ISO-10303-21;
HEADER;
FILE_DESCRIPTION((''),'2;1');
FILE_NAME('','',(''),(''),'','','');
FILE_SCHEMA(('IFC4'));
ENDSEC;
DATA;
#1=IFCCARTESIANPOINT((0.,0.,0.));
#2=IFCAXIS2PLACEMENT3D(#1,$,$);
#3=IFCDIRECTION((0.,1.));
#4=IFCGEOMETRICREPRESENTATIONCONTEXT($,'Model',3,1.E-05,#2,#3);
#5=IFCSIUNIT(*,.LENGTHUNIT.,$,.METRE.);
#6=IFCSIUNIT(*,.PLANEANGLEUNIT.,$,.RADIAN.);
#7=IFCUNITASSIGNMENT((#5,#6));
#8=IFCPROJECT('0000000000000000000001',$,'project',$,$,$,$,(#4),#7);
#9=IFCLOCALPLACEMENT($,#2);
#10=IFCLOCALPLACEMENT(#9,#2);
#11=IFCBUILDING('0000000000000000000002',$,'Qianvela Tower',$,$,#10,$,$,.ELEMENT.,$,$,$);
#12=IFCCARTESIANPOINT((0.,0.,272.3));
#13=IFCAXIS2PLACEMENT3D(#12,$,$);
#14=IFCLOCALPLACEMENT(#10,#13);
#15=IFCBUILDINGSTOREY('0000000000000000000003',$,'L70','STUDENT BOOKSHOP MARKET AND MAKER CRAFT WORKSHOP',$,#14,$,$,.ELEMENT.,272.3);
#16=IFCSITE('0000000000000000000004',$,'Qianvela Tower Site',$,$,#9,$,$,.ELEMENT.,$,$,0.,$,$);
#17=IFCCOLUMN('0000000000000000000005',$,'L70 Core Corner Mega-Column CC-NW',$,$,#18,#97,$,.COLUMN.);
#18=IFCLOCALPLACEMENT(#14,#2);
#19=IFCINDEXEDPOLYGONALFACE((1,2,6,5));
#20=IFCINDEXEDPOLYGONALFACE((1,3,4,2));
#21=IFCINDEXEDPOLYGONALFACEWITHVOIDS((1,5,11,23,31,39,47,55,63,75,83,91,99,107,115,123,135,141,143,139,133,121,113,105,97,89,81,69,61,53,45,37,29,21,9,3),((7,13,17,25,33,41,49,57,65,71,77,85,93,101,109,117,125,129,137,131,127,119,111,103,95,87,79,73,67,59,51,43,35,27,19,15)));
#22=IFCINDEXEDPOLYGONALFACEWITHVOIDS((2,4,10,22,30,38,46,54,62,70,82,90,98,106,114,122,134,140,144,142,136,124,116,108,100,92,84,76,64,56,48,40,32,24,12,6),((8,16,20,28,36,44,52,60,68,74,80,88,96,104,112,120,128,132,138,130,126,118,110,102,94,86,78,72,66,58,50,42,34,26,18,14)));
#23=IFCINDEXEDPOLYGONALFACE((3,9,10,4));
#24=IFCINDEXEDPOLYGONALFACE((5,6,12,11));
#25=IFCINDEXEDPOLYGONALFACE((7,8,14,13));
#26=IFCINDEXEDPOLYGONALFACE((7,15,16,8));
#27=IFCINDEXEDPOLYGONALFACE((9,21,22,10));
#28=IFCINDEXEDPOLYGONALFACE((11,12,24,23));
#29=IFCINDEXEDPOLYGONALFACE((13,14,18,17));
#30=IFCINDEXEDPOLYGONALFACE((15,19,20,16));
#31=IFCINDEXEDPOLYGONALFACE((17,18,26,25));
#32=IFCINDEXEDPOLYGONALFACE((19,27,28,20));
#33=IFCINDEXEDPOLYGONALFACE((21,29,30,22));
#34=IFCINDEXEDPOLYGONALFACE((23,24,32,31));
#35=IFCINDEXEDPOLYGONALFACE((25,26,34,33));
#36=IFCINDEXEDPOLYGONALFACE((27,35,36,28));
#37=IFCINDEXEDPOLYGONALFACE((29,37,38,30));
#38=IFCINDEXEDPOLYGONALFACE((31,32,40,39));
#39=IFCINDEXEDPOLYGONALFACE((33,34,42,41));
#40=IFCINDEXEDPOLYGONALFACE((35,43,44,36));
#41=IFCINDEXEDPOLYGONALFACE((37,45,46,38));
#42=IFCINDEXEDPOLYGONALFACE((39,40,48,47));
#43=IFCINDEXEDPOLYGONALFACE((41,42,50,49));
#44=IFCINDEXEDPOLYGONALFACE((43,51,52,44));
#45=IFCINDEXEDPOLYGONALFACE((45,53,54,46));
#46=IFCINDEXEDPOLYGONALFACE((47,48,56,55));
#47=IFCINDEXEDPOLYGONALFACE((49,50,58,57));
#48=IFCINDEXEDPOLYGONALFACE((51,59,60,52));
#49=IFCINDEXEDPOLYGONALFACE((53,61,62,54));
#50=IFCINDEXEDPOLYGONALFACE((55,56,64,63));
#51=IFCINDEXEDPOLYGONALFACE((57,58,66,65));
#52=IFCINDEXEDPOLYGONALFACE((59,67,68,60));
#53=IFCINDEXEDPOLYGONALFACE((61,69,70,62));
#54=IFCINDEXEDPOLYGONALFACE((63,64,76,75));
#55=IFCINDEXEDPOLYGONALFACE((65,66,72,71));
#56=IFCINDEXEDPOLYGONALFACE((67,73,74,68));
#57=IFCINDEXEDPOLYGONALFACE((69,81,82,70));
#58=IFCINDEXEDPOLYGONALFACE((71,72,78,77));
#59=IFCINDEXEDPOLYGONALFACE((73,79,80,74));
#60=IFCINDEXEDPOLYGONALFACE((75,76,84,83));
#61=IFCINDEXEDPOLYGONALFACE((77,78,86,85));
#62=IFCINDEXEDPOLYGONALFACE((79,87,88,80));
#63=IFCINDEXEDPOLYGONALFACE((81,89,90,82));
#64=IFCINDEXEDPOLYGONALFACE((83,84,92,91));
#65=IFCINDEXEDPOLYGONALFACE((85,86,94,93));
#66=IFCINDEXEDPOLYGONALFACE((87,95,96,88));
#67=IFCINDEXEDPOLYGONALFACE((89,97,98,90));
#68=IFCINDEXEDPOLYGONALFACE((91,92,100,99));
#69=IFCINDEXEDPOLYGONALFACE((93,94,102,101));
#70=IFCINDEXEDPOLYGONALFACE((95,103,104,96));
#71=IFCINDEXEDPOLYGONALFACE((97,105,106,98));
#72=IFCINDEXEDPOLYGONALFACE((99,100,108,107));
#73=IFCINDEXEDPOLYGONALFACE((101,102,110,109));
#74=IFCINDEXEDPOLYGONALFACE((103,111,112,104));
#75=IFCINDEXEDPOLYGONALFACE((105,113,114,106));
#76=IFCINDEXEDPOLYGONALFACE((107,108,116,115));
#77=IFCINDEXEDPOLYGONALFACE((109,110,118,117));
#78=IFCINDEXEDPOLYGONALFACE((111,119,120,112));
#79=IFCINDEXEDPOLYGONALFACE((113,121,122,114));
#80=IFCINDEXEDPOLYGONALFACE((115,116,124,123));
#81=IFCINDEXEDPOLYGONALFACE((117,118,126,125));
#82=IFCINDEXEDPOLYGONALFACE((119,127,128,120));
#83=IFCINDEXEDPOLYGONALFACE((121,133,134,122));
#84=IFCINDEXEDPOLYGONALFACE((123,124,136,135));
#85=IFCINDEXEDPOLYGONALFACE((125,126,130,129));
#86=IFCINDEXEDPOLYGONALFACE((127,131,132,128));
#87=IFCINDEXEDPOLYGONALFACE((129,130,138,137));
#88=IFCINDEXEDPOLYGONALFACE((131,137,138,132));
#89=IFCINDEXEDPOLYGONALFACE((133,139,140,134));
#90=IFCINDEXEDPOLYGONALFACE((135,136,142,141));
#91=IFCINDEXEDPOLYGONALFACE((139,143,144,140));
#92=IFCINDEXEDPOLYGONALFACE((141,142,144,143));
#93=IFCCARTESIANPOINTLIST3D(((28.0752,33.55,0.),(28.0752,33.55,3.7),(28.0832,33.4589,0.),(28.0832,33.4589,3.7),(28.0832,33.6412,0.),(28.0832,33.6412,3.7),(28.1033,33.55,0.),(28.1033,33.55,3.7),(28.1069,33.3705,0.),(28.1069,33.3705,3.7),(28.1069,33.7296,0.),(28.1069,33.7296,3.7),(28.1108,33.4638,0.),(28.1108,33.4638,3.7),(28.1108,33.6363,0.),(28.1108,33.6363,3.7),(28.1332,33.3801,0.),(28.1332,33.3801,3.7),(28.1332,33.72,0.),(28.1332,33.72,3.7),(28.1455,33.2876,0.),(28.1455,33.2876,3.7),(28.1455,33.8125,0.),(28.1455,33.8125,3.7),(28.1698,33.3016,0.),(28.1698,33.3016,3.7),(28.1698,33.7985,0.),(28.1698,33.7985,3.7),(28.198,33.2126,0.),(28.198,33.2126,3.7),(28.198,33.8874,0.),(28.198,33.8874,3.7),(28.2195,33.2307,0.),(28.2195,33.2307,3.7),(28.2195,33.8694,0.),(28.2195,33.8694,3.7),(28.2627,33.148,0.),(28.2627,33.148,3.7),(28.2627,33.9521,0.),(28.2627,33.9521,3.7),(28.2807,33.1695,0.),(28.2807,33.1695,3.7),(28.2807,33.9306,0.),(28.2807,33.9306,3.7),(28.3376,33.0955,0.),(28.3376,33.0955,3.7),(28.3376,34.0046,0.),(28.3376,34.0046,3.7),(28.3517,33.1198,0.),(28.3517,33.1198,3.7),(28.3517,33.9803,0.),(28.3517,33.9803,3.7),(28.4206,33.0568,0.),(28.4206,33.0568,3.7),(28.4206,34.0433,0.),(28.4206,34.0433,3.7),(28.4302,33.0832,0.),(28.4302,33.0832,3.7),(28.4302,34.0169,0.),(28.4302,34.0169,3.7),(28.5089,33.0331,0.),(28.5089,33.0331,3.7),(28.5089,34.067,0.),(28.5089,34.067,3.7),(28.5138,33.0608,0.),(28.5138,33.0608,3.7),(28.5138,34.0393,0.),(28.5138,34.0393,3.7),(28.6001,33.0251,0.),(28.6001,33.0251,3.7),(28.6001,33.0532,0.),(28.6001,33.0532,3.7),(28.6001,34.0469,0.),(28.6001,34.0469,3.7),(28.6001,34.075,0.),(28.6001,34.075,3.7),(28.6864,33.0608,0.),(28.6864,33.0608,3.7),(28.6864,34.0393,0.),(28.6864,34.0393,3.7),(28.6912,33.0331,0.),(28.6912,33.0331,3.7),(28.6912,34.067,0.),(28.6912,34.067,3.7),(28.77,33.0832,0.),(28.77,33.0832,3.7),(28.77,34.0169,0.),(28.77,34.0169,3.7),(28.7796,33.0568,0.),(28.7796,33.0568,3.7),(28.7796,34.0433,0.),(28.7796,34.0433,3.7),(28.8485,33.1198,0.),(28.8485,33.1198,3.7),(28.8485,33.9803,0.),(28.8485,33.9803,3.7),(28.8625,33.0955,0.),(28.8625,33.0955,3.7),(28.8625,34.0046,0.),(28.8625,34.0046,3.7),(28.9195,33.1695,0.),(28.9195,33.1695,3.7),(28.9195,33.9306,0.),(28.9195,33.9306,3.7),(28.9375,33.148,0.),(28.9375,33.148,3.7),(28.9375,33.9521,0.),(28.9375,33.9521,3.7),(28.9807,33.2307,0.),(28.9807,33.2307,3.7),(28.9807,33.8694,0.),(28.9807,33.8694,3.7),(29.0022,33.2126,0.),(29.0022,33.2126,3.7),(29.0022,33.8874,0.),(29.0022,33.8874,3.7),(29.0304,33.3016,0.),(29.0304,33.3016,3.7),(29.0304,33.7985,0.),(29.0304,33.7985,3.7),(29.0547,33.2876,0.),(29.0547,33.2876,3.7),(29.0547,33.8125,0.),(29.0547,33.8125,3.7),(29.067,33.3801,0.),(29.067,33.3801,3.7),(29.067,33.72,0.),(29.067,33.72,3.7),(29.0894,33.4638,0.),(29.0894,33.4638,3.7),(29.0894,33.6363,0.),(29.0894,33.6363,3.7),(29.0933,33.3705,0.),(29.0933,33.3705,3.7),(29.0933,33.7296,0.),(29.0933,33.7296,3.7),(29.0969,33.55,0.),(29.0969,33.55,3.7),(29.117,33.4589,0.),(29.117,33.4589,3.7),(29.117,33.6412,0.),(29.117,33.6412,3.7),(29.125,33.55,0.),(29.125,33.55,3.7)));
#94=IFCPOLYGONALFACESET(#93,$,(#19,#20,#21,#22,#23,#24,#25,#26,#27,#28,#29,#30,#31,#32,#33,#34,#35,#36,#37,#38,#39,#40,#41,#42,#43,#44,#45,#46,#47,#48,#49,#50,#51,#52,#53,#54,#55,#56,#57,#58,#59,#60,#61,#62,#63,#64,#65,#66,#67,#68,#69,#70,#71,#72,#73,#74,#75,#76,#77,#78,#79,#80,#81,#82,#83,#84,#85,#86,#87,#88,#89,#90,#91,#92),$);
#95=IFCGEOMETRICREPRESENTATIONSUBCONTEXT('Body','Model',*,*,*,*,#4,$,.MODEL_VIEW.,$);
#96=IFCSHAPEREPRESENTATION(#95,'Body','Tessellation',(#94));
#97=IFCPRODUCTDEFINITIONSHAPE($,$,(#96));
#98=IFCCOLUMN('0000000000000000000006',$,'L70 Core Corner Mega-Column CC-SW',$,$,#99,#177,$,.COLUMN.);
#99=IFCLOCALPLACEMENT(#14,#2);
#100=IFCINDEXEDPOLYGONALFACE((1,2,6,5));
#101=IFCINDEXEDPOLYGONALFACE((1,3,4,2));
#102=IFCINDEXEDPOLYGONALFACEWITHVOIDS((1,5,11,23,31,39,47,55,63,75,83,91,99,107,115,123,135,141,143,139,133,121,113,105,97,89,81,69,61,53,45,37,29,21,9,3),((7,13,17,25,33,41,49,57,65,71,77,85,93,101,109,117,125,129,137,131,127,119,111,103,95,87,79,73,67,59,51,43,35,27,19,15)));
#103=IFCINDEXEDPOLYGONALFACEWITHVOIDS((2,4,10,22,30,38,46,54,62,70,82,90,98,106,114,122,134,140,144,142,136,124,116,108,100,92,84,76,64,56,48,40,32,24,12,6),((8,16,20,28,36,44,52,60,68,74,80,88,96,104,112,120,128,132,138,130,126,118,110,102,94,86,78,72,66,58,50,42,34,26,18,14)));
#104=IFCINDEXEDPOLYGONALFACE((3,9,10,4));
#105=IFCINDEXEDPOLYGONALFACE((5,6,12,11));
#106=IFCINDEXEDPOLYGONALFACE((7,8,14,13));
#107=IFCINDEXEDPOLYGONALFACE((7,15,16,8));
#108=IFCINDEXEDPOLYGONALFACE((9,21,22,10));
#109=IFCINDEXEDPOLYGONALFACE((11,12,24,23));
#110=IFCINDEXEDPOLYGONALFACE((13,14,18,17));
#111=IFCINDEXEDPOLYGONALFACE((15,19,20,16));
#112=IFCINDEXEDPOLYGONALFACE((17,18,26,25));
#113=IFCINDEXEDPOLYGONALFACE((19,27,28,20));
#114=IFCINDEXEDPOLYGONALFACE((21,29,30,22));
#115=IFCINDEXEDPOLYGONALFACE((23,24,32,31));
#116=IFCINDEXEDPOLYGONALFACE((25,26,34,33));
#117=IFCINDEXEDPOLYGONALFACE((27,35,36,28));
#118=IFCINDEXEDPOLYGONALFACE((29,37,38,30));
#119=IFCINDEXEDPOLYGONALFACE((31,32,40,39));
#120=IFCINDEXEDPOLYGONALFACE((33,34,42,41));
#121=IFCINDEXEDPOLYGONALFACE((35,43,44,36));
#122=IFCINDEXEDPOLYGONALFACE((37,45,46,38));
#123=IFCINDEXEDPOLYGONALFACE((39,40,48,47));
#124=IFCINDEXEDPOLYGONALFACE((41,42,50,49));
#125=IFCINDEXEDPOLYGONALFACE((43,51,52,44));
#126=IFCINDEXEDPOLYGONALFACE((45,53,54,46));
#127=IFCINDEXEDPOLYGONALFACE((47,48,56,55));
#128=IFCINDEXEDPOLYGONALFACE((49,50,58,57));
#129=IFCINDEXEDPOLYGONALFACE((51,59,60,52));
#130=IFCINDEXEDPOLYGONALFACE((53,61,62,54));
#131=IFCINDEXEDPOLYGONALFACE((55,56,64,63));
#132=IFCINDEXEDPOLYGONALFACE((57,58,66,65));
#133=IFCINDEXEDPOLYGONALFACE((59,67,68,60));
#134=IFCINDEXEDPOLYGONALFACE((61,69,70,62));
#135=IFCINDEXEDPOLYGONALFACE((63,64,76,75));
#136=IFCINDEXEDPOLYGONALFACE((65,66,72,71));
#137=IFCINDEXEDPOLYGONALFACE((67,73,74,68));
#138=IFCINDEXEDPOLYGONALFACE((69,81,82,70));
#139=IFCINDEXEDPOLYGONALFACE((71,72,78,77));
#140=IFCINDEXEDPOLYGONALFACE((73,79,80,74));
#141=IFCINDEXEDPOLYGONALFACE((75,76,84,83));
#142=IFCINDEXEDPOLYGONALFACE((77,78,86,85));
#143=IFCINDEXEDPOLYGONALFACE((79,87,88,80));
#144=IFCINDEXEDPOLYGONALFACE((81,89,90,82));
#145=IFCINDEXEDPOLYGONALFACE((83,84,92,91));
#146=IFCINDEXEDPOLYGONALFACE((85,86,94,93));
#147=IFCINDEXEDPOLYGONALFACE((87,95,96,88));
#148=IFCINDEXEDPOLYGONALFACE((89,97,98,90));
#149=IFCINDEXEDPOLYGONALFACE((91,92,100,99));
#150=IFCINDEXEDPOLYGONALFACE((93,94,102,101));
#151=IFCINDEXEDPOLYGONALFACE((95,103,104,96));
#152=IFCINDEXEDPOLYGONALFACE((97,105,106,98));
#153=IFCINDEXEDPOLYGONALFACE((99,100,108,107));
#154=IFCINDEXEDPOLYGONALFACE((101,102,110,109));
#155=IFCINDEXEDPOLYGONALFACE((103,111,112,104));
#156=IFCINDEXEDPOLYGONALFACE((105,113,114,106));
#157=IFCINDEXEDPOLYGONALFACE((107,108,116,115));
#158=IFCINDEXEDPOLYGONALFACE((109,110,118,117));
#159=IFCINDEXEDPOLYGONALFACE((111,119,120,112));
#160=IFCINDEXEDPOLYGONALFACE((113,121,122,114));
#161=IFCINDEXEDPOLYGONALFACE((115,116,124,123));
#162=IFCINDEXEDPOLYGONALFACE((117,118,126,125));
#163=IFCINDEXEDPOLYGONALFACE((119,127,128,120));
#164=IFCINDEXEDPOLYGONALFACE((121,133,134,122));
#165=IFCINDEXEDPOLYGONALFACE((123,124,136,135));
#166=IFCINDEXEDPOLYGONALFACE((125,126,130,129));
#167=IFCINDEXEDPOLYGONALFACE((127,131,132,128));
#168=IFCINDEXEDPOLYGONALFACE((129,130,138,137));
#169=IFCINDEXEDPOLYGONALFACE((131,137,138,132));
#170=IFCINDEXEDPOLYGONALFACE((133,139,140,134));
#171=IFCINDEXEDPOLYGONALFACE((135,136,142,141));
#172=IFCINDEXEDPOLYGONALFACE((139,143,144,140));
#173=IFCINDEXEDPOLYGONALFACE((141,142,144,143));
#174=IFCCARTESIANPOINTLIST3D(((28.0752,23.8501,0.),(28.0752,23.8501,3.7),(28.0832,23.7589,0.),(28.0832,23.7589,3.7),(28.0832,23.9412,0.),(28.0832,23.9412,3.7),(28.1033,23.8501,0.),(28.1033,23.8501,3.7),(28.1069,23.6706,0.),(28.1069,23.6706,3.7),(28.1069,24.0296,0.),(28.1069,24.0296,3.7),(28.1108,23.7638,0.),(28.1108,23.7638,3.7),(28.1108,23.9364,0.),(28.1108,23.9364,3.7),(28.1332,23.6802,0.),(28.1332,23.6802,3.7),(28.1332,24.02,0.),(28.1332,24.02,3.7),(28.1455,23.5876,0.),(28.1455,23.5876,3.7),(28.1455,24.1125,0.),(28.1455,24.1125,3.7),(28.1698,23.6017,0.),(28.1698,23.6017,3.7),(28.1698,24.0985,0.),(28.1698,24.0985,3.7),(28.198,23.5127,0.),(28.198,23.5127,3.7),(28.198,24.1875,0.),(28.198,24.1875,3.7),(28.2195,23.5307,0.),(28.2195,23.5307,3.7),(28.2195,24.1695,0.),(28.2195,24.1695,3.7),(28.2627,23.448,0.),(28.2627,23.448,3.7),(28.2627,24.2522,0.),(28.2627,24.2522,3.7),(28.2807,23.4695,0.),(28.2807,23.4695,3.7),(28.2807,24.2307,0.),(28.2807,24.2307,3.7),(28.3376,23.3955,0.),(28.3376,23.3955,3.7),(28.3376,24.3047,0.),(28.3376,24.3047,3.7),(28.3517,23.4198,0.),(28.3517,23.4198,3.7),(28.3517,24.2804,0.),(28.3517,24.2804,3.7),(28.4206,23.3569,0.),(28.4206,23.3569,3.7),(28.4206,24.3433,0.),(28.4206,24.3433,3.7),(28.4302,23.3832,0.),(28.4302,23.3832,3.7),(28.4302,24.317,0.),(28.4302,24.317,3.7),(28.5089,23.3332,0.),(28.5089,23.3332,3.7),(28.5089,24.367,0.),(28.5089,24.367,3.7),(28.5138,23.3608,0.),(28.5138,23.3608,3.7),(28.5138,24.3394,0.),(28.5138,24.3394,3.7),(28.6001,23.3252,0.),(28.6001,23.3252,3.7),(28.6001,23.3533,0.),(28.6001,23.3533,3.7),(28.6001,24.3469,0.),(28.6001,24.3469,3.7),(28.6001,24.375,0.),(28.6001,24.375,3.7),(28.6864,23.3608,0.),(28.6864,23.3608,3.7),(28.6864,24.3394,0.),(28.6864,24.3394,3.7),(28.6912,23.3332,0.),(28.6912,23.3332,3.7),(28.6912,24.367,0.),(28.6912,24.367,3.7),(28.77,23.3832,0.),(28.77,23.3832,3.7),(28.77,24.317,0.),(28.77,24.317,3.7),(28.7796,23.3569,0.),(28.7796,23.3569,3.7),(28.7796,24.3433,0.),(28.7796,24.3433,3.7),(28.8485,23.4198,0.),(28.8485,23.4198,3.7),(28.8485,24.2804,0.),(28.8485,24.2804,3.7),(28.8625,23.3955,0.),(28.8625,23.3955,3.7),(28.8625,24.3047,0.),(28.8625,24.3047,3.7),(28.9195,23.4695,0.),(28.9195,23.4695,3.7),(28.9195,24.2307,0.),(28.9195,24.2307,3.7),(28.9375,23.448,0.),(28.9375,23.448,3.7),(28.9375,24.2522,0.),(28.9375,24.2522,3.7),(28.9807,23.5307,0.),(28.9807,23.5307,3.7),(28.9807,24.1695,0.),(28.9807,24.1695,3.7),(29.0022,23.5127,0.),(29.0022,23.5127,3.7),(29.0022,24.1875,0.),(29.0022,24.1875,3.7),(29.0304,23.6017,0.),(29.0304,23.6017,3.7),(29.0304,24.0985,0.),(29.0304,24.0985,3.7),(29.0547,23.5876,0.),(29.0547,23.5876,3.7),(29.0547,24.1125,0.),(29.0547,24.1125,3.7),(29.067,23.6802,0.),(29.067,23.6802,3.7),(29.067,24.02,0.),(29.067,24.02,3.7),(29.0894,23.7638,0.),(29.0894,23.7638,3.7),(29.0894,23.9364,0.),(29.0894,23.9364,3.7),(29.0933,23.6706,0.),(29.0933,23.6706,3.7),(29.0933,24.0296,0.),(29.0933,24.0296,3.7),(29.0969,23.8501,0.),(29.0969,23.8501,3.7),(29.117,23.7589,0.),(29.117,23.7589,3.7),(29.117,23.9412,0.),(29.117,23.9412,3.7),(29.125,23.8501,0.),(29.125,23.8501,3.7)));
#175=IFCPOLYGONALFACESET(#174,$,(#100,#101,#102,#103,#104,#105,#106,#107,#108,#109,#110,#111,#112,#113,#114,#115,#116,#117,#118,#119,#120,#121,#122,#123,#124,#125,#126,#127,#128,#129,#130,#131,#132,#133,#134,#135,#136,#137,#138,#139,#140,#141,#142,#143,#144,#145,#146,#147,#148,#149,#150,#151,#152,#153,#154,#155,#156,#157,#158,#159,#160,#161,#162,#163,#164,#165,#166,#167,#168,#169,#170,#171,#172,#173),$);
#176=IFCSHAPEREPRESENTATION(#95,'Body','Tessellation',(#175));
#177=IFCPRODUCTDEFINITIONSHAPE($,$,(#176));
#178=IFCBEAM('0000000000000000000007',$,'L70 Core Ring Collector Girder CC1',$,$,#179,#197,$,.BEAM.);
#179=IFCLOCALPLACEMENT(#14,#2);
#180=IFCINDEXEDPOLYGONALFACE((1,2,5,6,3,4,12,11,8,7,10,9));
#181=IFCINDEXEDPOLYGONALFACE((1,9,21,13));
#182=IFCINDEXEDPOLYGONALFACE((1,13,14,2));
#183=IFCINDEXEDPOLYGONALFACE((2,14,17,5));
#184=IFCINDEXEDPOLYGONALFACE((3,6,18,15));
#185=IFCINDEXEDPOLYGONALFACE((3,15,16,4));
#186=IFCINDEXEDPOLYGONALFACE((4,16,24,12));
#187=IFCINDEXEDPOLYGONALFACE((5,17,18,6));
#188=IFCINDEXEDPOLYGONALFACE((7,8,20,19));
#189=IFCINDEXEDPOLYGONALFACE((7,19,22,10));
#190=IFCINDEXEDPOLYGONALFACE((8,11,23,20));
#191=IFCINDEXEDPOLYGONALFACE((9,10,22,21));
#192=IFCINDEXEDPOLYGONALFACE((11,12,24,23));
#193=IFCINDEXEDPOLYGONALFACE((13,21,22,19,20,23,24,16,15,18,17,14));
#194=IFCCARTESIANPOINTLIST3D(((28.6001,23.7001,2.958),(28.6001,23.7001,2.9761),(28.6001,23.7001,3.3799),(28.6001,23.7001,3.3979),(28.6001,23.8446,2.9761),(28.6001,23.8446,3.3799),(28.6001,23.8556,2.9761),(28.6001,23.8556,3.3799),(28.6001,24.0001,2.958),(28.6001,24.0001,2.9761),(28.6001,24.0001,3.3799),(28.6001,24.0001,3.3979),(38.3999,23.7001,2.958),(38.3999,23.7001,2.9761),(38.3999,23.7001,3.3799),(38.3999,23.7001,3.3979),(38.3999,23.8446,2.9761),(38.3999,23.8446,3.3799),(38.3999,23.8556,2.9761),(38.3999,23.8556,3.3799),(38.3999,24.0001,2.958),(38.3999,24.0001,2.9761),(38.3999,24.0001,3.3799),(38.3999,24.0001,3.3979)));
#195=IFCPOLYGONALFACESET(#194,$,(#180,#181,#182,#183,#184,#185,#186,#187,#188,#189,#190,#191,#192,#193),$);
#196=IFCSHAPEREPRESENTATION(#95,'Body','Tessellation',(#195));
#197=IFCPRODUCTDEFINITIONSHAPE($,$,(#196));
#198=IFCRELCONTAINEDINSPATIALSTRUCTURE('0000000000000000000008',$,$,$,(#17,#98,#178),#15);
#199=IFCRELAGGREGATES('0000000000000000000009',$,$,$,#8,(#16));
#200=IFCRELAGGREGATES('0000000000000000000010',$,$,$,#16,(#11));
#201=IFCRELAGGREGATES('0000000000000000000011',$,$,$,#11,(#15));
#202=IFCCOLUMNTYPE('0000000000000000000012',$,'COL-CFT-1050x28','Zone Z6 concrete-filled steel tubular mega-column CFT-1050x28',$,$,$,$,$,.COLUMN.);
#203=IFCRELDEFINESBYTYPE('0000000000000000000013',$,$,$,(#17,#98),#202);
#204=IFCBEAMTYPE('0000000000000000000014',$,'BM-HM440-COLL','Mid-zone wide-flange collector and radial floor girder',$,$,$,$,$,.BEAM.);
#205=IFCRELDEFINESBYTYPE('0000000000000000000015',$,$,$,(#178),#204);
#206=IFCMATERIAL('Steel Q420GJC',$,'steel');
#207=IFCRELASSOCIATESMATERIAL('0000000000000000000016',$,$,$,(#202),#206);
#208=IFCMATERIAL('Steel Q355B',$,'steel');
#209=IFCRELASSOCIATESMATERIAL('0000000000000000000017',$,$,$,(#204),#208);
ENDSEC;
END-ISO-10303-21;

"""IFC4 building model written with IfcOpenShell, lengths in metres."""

from ifc_helpers import new_model, si_unit, direction, frame, origin, origin_2d, place, context, subcontext, project, spatial, hollow_circle, i_section, extrude, material, material_profile, profile_set, type_object, element, save


model = new_model("IFC4")

# Units and contexts
model_context = context("Model", 3, precision=1e-05, world=origin(), true_north=direction((0.0, 1.0)))
body_context = subcontext(model_context, "Body", "Model", "MODEL_VIEW")
ifc_project = project(units=[si_unit("LENGTHUNIT", "METRE"), si_unit("PLANEANGLEUNIT", "RADIAN")], contexts=[model_context])

# Site, building, storey
site_placement = place(None, origin())
site = spatial("IfcSite", under=ifc_project, at=site_placement, Name="Qianvela Tower Site", CompositionType="ELEMENT", RefElevation=0.0)
building_placement = place(site_placement, origin())
building = spatial("IfcBuilding", under=site, at=building_placement, Name="Qianvela Tower", CompositionType="ELEMENT")
storey_placement = place(building_placement, frame((0.0, 0.0, 272.3)))
storey = spatial("IfcBuildingStorey", under=building, at=storey_placement, Name="L70", Description="STUDENT BOOKSHOP MARKET AND MAKER CRAFT WORKSHOP", CompositionType="ELEMENT", Elevation=272.3)

# Columns
ifc_material_1 = material(Name="Steel Q420GJC", Category="steel")
ifc_material_profile_1 = material_profile(ifc_material_1, hollow_circle(Radius=0.5249, WallThickness=0.0281, at=origin_2d()), Name="CFT-1050x28")
ifc_profile_set_1 = profile_set([ifc_material_profile_1], Name="Steel Q420GJC")
column_type = type_object("IfcColumnType", Name="COL-CFT-1050x28", Description="Zone Z6 concrete-filled steel tubular mega-column CFT-1050x28", PredefinedType="COLUMN", material=ifc_profile_set_1)
for number, where, z_axis, x_axis, name in (
    (1, (28.6001, 33.55, 0.0), (0.0, 0.0, 1.0), (1.0, 0.0, 0.0), "L70 Core Corner Mega-Column CC-NW"),
    (2, (28.6001, 23.8501, 0.0), (0.0, 0.0, 1.0), (1.0, 0.0, 0.0), "L70 Core Corner Mega-Column CC-SW"),
):
    element("IfcColumn", number, at=place(storey_placement, frame(where, z_axis=z_axis, x_axis=x_axis)), inside=storey, type_object=column_type, Name=name, PredefinedType="COLUMN", context=body_context, shape_type="SweptSolid", body=[
        extrude(hollow_circle(Radius=0.5249, WallThickness=0.0281, at=origin_2d()), origin(), (0.0, 0.0, 1.0), 3.7),
    ])

# Beam
ifc_material_2 = material(Name="Steel Q355B", Category="steel")
ifc_material_profile_2 = material_profile(ifc_material_2, i_section(OverallWidth=0.3, OverallDepth=0.4399, WebThickness=0.011, FlangeThickness=0.0181, at=origin_2d()), Name="HM440x300x11x18")
ifc_profile_set_2 = profile_set([ifc_material_profile_2], Name="Steel Q355B")
beam_type = type_object("IfcBeamType", Name="BM-HM440-COLL", Description="Mid-zone wide-flange collector and radial floor girder", PredefinedType="BEAM", material=ifc_profile_set_2)
beam_1_placement = place(storey_placement, frame((28.6001, 23.8501, 3.178), z_axis=(1.0, 0.0, 0.0), x_axis=(0.0, 1.0, 0.0)))
element("IfcBeam", 3, at=beam_1_placement, inside=storey, type_object=beam_type, Name="L70 Core Ring Collector Girder CC1", PredefinedType="BEAM", context=body_context, shape_type="SweptSolid", body=[
    extrude(i_section(OverallWidth=0.3, OverallDepth=0.4399, WebThickness=0.011, FlangeThickness=0.0181, at=origin_2d()), origin(), (0.0, 0.0, 1.0), 9.7998),
])

save(model, "model.ifc")
